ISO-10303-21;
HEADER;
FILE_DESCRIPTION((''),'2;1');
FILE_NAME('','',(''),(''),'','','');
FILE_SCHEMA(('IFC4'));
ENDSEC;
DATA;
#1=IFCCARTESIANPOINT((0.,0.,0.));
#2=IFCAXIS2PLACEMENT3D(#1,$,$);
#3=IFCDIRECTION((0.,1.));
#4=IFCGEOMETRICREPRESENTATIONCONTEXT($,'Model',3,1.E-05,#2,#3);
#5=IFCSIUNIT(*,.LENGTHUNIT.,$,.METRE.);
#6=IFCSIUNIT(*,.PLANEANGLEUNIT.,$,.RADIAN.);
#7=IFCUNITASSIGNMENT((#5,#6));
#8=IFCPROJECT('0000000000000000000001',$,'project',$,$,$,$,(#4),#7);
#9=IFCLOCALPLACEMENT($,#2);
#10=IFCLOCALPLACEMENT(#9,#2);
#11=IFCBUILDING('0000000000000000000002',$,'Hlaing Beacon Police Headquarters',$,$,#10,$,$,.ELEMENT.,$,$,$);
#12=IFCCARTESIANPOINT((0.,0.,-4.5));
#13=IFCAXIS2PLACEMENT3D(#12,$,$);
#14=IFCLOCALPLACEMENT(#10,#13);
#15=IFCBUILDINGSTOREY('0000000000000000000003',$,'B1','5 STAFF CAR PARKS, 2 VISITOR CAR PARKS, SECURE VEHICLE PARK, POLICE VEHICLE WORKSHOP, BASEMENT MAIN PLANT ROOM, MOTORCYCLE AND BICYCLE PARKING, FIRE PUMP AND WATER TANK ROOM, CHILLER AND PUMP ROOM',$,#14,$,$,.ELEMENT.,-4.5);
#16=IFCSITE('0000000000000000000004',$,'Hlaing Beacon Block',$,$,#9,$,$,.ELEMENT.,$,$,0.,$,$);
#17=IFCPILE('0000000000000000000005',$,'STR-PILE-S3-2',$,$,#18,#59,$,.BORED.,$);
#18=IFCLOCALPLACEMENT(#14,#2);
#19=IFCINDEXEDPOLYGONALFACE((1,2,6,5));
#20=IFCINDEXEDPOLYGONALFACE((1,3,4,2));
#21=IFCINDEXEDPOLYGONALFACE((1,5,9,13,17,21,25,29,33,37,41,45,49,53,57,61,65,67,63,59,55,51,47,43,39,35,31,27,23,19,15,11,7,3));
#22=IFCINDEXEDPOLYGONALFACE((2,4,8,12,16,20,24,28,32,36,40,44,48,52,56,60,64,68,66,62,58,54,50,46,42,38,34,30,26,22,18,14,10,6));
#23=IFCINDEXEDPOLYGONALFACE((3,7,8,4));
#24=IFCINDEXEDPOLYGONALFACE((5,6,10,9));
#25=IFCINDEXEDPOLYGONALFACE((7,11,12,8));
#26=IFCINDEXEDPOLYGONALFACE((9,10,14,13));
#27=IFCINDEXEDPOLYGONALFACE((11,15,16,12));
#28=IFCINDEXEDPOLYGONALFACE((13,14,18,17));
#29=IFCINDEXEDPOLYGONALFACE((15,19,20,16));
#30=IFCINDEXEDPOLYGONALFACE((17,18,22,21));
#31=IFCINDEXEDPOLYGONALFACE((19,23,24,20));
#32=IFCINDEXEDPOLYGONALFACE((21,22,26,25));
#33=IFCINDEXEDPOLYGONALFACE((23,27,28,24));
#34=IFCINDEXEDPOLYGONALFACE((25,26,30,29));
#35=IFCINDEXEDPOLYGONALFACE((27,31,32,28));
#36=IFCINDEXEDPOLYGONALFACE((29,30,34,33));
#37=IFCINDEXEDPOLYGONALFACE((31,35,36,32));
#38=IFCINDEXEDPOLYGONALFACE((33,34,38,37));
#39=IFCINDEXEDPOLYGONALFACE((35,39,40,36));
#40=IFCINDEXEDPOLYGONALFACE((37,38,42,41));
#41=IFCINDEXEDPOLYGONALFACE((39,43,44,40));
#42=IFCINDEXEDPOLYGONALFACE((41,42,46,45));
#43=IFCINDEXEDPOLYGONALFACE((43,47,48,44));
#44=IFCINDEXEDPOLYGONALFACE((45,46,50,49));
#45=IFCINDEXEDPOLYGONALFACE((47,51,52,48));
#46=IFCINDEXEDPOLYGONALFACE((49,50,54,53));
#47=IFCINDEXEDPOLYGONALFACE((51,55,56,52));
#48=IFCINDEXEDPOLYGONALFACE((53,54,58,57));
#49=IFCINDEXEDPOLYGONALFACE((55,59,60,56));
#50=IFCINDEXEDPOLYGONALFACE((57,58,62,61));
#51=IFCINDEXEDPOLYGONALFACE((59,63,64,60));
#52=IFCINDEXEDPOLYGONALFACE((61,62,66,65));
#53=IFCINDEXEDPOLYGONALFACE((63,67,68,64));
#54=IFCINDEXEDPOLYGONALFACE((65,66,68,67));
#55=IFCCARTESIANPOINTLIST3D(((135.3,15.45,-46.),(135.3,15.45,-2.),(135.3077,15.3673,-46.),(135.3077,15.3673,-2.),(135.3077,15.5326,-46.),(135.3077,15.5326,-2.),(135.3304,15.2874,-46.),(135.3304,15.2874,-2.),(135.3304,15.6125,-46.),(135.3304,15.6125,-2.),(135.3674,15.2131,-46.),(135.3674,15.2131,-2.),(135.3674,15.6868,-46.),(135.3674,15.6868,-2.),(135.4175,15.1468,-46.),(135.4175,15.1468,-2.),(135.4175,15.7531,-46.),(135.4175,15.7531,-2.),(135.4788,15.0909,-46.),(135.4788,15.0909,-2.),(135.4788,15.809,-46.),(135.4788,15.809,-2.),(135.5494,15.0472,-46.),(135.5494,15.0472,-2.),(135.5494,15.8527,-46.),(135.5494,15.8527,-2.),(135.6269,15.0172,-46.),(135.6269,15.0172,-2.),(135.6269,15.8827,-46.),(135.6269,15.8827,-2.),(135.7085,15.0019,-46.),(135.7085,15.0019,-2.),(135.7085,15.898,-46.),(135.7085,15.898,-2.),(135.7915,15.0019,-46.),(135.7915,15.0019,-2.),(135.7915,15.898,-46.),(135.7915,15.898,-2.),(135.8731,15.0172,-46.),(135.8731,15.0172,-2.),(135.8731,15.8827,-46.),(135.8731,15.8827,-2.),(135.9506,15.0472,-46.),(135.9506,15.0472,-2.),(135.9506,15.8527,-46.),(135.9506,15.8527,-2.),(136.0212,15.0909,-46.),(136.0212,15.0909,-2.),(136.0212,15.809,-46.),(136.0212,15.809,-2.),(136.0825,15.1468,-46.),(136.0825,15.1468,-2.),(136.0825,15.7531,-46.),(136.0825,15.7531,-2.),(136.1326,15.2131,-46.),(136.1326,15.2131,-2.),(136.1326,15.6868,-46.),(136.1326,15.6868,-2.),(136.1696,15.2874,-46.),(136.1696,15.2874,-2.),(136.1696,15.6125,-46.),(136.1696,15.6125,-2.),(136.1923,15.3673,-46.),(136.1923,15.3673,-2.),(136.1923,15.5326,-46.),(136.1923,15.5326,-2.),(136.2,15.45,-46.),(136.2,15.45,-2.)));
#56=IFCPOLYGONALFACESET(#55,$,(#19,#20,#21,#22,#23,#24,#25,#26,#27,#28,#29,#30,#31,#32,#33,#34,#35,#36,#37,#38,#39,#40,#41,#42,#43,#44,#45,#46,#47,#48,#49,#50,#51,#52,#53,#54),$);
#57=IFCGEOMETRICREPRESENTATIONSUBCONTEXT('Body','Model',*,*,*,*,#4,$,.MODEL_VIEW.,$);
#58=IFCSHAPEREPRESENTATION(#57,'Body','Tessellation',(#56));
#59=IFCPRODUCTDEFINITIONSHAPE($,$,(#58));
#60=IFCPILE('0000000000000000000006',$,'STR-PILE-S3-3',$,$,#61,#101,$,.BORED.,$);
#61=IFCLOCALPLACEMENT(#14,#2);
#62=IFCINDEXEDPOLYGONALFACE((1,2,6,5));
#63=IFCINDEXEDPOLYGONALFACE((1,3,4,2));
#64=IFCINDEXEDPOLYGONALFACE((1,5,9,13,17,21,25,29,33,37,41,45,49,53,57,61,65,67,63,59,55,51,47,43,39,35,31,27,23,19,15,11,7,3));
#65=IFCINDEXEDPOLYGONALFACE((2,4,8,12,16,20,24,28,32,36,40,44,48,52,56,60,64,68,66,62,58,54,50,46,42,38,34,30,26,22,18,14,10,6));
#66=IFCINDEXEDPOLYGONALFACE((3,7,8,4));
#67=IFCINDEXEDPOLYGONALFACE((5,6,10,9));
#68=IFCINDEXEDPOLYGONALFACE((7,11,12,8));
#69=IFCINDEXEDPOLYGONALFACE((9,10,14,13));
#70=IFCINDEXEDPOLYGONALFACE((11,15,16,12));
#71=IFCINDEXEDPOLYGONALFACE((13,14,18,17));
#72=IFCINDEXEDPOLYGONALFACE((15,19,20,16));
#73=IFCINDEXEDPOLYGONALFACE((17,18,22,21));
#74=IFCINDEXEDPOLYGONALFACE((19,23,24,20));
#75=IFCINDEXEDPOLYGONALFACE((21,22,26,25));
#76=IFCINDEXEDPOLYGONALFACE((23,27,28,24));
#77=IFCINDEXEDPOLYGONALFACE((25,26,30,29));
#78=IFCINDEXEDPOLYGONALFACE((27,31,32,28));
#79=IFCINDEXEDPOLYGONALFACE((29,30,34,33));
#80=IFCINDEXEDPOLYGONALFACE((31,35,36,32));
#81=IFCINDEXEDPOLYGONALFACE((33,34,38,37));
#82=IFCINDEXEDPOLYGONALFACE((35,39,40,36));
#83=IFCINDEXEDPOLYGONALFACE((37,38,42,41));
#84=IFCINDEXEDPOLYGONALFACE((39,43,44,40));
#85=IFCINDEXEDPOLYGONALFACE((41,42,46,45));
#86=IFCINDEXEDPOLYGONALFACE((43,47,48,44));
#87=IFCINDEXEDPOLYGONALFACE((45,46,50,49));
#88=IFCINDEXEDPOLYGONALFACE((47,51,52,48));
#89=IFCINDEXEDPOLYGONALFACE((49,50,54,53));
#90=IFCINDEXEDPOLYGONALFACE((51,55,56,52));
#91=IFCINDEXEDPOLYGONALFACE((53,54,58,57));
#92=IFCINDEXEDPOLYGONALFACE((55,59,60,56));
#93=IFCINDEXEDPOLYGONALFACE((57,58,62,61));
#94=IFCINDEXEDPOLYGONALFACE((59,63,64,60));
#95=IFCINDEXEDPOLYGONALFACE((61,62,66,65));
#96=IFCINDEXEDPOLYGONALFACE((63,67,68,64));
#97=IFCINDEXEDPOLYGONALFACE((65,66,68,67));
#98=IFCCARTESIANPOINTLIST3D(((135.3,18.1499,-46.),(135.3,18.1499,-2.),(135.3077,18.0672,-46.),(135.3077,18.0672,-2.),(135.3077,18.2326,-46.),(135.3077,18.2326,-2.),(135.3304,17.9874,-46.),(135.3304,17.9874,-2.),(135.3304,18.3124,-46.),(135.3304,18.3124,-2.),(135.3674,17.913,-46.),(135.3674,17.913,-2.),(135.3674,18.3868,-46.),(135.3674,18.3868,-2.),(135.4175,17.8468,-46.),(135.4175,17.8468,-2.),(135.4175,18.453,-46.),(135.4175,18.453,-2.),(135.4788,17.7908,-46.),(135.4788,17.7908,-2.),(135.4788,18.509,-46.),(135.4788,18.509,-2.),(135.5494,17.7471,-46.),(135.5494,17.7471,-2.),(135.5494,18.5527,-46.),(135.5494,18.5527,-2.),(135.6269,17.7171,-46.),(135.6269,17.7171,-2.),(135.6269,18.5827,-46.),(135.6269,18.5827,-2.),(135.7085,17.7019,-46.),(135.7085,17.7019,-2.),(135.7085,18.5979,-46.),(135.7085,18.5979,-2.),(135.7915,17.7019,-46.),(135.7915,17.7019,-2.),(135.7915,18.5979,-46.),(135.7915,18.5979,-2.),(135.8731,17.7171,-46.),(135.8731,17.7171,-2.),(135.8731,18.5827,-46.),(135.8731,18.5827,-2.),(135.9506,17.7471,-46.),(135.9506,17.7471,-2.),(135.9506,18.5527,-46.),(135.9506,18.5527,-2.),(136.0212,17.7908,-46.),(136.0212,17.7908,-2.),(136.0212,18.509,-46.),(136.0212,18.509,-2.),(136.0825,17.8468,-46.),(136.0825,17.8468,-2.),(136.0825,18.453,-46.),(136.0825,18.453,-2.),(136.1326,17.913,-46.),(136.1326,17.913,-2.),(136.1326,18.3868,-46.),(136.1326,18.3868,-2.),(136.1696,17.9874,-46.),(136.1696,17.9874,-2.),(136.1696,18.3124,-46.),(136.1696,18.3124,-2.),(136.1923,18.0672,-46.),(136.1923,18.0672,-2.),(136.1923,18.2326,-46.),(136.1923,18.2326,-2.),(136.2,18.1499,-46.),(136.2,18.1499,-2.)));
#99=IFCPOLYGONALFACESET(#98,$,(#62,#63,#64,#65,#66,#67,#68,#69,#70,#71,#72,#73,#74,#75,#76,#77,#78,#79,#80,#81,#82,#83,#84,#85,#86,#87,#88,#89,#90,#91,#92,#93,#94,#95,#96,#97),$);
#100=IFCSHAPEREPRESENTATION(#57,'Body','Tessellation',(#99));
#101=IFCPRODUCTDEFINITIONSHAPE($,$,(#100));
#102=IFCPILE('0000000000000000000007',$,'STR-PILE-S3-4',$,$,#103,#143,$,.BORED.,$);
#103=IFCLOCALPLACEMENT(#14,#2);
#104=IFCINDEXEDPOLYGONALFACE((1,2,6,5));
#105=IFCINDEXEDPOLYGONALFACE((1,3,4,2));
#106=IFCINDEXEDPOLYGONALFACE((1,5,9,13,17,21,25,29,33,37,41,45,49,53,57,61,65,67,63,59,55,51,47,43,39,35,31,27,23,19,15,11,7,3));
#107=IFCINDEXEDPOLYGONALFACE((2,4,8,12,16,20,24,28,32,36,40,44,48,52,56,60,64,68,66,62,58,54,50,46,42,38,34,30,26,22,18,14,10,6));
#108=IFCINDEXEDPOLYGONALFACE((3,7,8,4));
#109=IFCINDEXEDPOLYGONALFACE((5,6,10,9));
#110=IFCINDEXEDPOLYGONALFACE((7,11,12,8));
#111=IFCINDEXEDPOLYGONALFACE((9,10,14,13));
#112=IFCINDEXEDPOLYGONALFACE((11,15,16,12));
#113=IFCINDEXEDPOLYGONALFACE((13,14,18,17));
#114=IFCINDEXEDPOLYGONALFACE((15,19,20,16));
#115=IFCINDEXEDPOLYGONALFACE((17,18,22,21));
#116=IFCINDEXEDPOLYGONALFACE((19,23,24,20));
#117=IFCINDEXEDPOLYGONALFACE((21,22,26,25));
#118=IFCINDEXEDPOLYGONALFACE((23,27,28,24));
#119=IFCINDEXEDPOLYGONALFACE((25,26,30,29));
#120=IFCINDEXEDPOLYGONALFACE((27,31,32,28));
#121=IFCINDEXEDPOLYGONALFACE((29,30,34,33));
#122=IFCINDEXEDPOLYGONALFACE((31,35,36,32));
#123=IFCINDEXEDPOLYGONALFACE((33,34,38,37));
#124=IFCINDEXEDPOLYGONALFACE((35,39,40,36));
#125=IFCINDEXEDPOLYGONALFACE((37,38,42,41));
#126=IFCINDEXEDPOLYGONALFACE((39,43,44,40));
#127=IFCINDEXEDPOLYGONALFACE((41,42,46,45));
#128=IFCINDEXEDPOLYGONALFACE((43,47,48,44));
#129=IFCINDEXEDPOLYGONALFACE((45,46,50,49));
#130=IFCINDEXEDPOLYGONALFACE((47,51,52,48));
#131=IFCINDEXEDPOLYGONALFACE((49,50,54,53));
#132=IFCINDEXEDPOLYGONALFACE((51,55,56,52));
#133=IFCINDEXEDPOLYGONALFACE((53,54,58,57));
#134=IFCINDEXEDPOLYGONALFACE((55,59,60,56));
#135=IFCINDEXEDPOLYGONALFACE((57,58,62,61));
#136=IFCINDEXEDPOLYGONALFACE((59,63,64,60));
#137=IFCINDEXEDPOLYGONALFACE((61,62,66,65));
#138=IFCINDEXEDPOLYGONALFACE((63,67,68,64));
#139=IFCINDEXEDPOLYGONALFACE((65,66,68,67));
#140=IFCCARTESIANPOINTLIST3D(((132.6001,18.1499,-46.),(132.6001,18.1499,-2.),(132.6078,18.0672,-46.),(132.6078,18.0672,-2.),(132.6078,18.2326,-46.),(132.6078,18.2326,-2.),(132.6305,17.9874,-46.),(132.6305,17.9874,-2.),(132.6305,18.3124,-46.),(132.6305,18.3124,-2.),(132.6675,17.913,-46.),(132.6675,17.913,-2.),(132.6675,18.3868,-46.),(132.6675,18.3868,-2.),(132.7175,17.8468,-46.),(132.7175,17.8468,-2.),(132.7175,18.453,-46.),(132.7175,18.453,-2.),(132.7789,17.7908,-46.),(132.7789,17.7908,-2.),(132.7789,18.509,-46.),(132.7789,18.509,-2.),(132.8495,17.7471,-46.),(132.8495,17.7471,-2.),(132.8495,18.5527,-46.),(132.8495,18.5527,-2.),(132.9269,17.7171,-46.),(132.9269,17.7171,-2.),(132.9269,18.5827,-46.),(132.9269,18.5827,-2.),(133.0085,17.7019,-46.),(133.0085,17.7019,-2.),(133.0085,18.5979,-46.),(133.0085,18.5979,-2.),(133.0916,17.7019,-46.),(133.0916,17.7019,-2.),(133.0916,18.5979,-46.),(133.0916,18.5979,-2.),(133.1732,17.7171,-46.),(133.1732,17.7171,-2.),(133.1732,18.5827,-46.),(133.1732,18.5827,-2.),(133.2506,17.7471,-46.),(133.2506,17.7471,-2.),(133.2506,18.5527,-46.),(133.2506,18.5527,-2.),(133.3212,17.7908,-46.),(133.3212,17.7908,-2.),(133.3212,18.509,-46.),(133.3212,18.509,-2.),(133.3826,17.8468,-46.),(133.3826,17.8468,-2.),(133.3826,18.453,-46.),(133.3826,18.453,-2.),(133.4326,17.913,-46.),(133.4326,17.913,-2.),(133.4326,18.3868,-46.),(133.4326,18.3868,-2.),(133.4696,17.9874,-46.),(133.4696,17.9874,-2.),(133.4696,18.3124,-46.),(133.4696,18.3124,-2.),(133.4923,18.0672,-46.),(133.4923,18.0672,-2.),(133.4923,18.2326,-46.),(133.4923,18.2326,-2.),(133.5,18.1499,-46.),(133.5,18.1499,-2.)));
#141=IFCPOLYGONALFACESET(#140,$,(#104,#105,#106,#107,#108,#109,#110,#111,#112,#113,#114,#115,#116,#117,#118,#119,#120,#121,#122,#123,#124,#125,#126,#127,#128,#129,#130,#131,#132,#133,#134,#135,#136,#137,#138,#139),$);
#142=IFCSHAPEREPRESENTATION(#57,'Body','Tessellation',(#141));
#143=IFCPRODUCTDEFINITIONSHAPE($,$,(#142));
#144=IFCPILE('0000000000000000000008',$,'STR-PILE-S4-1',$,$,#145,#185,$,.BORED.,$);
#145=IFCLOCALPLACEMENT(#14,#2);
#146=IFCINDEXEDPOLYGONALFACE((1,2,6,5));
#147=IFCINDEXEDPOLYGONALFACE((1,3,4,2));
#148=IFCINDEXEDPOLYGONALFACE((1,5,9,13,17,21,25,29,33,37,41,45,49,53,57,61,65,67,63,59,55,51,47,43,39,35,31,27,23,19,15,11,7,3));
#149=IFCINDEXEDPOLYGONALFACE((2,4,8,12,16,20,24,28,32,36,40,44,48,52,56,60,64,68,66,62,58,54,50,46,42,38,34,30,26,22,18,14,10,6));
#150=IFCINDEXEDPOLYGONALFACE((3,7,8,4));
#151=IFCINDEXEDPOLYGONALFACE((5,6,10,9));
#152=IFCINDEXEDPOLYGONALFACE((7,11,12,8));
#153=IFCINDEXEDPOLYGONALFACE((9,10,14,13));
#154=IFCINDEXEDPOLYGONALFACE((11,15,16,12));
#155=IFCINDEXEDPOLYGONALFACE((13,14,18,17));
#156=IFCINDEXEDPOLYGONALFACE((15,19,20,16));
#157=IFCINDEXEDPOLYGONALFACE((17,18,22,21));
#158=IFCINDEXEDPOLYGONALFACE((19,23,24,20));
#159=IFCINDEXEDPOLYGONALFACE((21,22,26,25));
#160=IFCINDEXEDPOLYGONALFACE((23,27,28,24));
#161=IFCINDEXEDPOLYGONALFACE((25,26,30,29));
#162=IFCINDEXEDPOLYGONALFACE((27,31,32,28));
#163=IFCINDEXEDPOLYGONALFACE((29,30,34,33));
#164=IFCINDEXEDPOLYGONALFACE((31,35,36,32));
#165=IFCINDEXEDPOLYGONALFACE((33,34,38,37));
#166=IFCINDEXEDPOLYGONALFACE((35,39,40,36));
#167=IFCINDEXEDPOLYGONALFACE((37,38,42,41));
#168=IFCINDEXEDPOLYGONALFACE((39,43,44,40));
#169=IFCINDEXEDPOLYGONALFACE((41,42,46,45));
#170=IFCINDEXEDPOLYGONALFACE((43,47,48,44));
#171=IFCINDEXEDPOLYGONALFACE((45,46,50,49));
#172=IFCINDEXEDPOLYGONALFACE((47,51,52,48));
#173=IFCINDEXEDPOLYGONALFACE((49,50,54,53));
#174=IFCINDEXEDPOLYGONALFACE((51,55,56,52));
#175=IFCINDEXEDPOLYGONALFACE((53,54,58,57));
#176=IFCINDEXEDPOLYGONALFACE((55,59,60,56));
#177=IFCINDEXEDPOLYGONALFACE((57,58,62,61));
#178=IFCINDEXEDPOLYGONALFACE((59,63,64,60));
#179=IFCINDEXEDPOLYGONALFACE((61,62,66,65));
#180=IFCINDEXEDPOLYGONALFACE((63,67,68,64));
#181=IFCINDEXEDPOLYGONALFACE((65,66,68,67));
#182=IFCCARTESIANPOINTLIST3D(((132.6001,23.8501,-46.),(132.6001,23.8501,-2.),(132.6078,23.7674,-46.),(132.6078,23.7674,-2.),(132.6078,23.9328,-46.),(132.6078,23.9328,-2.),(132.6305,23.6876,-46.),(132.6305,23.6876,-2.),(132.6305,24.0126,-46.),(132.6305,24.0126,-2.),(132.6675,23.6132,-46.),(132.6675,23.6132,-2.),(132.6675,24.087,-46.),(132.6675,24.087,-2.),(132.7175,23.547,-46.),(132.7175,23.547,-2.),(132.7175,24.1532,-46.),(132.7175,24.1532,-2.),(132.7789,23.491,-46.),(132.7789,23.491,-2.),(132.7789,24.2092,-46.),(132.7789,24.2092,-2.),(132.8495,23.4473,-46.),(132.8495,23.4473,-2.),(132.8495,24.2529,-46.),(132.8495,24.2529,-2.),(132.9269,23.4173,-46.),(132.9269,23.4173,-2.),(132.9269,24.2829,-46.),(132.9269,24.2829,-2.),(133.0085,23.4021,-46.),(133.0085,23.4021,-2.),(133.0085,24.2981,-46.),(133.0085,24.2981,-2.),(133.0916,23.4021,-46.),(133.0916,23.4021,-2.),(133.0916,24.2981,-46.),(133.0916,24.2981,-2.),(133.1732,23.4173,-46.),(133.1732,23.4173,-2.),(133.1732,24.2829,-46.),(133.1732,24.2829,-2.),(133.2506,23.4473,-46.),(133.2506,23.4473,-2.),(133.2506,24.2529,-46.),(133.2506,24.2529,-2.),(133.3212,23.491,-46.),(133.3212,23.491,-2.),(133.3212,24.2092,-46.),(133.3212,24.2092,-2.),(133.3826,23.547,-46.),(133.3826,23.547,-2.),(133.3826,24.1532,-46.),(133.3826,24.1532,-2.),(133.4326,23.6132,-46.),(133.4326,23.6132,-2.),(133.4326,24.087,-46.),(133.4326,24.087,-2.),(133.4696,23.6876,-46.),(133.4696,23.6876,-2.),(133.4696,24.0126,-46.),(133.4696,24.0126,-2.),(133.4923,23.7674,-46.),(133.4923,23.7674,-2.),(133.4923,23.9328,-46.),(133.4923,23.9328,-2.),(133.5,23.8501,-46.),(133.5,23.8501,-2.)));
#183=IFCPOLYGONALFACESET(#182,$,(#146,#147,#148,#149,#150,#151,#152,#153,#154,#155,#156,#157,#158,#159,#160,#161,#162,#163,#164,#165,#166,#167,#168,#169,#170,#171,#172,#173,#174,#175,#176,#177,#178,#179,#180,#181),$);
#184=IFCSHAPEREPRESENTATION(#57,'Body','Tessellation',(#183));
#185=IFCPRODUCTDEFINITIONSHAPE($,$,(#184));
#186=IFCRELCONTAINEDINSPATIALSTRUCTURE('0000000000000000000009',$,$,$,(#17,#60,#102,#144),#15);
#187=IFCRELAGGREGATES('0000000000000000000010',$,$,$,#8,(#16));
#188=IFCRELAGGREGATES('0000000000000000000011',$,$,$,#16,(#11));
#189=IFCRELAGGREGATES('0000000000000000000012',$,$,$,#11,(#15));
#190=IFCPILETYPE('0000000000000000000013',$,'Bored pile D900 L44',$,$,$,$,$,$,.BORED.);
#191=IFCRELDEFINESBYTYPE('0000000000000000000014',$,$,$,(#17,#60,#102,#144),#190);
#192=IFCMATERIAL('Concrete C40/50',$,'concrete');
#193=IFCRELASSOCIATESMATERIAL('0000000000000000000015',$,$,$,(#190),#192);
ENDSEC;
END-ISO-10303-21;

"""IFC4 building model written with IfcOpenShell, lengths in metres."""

from ifc_helpers import new_model, si_unit, direction, frame, origin, origin_2d, place, context, subcontext, project, spatial, circle, extrude, material, material_profile, profile_set, type_object, element, save


model = new_model("IFC4")

# Units and contexts
model_context = context("Model", 3, precision=1e-05, world=origin(), true_north=direction((0.0, 1.0)))
body_context = subcontext(model_context, "Body", "Model", "MODEL_VIEW")
ifc_project = project(units=[si_unit("LENGTHUNIT", "METRE"), si_unit("PLANEANGLEUNIT", "RADIAN")], contexts=[model_context])

# Site, building, storey
site_placement = place(None, origin())
site = spatial("IfcSite", under=ifc_project, at=site_placement, Name="Hlaing Beacon Block", CompositionType="ELEMENT", RefElevation=0.0)
building_placement = place(site_placement, origin())
building = spatial("IfcBuilding", under=site, at=building_placement, Name="Hlaing Beacon Police Headquarters", CompositionType="ELEMENT")
storey_placement = place(building_placement, frame((0.0, 0.0, -4.5)))
storey = spatial("IfcBuildingStorey", under=building, at=storey_placement, Name="B1", Description="5 STAFF CAR PARKS, 2 VISITOR CAR PARKS, SECURE VEHICLE PARK, POLICE VEHICLE WORKSHOP, BASEMENT MAIN PLANT ROOM, MOTORCYCLE AND BICYCLE PARKING, FIRE PUMP AND WATER TANK ROOM, CHILLER AND PUMP ROOM", CompositionType="ELEMENT", Elevation=-4.5)

# Piles
ifc_material_1 = material(Name="Concrete C40/50", Category="concrete")
ifc_material_profile_1 = material_profile(ifc_material_1, circle(Radius=0.45, at=origin_2d()), Name="D900")
ifc_profile_set_1 = profile_set([ifc_material_profile_1], Name="Concrete C40/50")
pile_type_1 = type_object("IfcPileType", Name="Bored pile D900 L44", PredefinedType="BORED", material=ifc_profile_set_1)
for number, where, z_axis, x_axis, name in (
    (1, (135.75, 15.45, -2.0), (0.0, 0.0, -1.0), (1.0, 0.0, 0.0), "STR-PILE-S3-2"),
    (2, (135.75, 18.1499, -2.0), (0.0, 0.0, -1.0), (1.0, 0.0, 0.0), "STR-PILE-S3-3"),
    (3, (133.05, 18.1499, -2.0), (0.0, 0.0, -1.0), (1.0, 0.0, 0.0), "STR-PILE-S3-4"),
    (4, (133.05, 23.8501, -2.0), (0.0, 0.0, -1.0), (1.0, 0.0, 0.0), "STR-PILE-S4-1"),
):
    element("IfcPile", number, at=place(storey_placement, frame(where, z_axis=z_axis, x_axis=x_axis)), inside=storey, type_object=pile_type_1, Name=name, PredefinedType="BORED", context=body_context, shape_type="SweptSolid", body=[
        extrude(circle(Radius=0.45, at=origin_2d()), origin(), (0.0, 0.0, 1.0), 44.0),
    ])

save(model, "model.ifc")
